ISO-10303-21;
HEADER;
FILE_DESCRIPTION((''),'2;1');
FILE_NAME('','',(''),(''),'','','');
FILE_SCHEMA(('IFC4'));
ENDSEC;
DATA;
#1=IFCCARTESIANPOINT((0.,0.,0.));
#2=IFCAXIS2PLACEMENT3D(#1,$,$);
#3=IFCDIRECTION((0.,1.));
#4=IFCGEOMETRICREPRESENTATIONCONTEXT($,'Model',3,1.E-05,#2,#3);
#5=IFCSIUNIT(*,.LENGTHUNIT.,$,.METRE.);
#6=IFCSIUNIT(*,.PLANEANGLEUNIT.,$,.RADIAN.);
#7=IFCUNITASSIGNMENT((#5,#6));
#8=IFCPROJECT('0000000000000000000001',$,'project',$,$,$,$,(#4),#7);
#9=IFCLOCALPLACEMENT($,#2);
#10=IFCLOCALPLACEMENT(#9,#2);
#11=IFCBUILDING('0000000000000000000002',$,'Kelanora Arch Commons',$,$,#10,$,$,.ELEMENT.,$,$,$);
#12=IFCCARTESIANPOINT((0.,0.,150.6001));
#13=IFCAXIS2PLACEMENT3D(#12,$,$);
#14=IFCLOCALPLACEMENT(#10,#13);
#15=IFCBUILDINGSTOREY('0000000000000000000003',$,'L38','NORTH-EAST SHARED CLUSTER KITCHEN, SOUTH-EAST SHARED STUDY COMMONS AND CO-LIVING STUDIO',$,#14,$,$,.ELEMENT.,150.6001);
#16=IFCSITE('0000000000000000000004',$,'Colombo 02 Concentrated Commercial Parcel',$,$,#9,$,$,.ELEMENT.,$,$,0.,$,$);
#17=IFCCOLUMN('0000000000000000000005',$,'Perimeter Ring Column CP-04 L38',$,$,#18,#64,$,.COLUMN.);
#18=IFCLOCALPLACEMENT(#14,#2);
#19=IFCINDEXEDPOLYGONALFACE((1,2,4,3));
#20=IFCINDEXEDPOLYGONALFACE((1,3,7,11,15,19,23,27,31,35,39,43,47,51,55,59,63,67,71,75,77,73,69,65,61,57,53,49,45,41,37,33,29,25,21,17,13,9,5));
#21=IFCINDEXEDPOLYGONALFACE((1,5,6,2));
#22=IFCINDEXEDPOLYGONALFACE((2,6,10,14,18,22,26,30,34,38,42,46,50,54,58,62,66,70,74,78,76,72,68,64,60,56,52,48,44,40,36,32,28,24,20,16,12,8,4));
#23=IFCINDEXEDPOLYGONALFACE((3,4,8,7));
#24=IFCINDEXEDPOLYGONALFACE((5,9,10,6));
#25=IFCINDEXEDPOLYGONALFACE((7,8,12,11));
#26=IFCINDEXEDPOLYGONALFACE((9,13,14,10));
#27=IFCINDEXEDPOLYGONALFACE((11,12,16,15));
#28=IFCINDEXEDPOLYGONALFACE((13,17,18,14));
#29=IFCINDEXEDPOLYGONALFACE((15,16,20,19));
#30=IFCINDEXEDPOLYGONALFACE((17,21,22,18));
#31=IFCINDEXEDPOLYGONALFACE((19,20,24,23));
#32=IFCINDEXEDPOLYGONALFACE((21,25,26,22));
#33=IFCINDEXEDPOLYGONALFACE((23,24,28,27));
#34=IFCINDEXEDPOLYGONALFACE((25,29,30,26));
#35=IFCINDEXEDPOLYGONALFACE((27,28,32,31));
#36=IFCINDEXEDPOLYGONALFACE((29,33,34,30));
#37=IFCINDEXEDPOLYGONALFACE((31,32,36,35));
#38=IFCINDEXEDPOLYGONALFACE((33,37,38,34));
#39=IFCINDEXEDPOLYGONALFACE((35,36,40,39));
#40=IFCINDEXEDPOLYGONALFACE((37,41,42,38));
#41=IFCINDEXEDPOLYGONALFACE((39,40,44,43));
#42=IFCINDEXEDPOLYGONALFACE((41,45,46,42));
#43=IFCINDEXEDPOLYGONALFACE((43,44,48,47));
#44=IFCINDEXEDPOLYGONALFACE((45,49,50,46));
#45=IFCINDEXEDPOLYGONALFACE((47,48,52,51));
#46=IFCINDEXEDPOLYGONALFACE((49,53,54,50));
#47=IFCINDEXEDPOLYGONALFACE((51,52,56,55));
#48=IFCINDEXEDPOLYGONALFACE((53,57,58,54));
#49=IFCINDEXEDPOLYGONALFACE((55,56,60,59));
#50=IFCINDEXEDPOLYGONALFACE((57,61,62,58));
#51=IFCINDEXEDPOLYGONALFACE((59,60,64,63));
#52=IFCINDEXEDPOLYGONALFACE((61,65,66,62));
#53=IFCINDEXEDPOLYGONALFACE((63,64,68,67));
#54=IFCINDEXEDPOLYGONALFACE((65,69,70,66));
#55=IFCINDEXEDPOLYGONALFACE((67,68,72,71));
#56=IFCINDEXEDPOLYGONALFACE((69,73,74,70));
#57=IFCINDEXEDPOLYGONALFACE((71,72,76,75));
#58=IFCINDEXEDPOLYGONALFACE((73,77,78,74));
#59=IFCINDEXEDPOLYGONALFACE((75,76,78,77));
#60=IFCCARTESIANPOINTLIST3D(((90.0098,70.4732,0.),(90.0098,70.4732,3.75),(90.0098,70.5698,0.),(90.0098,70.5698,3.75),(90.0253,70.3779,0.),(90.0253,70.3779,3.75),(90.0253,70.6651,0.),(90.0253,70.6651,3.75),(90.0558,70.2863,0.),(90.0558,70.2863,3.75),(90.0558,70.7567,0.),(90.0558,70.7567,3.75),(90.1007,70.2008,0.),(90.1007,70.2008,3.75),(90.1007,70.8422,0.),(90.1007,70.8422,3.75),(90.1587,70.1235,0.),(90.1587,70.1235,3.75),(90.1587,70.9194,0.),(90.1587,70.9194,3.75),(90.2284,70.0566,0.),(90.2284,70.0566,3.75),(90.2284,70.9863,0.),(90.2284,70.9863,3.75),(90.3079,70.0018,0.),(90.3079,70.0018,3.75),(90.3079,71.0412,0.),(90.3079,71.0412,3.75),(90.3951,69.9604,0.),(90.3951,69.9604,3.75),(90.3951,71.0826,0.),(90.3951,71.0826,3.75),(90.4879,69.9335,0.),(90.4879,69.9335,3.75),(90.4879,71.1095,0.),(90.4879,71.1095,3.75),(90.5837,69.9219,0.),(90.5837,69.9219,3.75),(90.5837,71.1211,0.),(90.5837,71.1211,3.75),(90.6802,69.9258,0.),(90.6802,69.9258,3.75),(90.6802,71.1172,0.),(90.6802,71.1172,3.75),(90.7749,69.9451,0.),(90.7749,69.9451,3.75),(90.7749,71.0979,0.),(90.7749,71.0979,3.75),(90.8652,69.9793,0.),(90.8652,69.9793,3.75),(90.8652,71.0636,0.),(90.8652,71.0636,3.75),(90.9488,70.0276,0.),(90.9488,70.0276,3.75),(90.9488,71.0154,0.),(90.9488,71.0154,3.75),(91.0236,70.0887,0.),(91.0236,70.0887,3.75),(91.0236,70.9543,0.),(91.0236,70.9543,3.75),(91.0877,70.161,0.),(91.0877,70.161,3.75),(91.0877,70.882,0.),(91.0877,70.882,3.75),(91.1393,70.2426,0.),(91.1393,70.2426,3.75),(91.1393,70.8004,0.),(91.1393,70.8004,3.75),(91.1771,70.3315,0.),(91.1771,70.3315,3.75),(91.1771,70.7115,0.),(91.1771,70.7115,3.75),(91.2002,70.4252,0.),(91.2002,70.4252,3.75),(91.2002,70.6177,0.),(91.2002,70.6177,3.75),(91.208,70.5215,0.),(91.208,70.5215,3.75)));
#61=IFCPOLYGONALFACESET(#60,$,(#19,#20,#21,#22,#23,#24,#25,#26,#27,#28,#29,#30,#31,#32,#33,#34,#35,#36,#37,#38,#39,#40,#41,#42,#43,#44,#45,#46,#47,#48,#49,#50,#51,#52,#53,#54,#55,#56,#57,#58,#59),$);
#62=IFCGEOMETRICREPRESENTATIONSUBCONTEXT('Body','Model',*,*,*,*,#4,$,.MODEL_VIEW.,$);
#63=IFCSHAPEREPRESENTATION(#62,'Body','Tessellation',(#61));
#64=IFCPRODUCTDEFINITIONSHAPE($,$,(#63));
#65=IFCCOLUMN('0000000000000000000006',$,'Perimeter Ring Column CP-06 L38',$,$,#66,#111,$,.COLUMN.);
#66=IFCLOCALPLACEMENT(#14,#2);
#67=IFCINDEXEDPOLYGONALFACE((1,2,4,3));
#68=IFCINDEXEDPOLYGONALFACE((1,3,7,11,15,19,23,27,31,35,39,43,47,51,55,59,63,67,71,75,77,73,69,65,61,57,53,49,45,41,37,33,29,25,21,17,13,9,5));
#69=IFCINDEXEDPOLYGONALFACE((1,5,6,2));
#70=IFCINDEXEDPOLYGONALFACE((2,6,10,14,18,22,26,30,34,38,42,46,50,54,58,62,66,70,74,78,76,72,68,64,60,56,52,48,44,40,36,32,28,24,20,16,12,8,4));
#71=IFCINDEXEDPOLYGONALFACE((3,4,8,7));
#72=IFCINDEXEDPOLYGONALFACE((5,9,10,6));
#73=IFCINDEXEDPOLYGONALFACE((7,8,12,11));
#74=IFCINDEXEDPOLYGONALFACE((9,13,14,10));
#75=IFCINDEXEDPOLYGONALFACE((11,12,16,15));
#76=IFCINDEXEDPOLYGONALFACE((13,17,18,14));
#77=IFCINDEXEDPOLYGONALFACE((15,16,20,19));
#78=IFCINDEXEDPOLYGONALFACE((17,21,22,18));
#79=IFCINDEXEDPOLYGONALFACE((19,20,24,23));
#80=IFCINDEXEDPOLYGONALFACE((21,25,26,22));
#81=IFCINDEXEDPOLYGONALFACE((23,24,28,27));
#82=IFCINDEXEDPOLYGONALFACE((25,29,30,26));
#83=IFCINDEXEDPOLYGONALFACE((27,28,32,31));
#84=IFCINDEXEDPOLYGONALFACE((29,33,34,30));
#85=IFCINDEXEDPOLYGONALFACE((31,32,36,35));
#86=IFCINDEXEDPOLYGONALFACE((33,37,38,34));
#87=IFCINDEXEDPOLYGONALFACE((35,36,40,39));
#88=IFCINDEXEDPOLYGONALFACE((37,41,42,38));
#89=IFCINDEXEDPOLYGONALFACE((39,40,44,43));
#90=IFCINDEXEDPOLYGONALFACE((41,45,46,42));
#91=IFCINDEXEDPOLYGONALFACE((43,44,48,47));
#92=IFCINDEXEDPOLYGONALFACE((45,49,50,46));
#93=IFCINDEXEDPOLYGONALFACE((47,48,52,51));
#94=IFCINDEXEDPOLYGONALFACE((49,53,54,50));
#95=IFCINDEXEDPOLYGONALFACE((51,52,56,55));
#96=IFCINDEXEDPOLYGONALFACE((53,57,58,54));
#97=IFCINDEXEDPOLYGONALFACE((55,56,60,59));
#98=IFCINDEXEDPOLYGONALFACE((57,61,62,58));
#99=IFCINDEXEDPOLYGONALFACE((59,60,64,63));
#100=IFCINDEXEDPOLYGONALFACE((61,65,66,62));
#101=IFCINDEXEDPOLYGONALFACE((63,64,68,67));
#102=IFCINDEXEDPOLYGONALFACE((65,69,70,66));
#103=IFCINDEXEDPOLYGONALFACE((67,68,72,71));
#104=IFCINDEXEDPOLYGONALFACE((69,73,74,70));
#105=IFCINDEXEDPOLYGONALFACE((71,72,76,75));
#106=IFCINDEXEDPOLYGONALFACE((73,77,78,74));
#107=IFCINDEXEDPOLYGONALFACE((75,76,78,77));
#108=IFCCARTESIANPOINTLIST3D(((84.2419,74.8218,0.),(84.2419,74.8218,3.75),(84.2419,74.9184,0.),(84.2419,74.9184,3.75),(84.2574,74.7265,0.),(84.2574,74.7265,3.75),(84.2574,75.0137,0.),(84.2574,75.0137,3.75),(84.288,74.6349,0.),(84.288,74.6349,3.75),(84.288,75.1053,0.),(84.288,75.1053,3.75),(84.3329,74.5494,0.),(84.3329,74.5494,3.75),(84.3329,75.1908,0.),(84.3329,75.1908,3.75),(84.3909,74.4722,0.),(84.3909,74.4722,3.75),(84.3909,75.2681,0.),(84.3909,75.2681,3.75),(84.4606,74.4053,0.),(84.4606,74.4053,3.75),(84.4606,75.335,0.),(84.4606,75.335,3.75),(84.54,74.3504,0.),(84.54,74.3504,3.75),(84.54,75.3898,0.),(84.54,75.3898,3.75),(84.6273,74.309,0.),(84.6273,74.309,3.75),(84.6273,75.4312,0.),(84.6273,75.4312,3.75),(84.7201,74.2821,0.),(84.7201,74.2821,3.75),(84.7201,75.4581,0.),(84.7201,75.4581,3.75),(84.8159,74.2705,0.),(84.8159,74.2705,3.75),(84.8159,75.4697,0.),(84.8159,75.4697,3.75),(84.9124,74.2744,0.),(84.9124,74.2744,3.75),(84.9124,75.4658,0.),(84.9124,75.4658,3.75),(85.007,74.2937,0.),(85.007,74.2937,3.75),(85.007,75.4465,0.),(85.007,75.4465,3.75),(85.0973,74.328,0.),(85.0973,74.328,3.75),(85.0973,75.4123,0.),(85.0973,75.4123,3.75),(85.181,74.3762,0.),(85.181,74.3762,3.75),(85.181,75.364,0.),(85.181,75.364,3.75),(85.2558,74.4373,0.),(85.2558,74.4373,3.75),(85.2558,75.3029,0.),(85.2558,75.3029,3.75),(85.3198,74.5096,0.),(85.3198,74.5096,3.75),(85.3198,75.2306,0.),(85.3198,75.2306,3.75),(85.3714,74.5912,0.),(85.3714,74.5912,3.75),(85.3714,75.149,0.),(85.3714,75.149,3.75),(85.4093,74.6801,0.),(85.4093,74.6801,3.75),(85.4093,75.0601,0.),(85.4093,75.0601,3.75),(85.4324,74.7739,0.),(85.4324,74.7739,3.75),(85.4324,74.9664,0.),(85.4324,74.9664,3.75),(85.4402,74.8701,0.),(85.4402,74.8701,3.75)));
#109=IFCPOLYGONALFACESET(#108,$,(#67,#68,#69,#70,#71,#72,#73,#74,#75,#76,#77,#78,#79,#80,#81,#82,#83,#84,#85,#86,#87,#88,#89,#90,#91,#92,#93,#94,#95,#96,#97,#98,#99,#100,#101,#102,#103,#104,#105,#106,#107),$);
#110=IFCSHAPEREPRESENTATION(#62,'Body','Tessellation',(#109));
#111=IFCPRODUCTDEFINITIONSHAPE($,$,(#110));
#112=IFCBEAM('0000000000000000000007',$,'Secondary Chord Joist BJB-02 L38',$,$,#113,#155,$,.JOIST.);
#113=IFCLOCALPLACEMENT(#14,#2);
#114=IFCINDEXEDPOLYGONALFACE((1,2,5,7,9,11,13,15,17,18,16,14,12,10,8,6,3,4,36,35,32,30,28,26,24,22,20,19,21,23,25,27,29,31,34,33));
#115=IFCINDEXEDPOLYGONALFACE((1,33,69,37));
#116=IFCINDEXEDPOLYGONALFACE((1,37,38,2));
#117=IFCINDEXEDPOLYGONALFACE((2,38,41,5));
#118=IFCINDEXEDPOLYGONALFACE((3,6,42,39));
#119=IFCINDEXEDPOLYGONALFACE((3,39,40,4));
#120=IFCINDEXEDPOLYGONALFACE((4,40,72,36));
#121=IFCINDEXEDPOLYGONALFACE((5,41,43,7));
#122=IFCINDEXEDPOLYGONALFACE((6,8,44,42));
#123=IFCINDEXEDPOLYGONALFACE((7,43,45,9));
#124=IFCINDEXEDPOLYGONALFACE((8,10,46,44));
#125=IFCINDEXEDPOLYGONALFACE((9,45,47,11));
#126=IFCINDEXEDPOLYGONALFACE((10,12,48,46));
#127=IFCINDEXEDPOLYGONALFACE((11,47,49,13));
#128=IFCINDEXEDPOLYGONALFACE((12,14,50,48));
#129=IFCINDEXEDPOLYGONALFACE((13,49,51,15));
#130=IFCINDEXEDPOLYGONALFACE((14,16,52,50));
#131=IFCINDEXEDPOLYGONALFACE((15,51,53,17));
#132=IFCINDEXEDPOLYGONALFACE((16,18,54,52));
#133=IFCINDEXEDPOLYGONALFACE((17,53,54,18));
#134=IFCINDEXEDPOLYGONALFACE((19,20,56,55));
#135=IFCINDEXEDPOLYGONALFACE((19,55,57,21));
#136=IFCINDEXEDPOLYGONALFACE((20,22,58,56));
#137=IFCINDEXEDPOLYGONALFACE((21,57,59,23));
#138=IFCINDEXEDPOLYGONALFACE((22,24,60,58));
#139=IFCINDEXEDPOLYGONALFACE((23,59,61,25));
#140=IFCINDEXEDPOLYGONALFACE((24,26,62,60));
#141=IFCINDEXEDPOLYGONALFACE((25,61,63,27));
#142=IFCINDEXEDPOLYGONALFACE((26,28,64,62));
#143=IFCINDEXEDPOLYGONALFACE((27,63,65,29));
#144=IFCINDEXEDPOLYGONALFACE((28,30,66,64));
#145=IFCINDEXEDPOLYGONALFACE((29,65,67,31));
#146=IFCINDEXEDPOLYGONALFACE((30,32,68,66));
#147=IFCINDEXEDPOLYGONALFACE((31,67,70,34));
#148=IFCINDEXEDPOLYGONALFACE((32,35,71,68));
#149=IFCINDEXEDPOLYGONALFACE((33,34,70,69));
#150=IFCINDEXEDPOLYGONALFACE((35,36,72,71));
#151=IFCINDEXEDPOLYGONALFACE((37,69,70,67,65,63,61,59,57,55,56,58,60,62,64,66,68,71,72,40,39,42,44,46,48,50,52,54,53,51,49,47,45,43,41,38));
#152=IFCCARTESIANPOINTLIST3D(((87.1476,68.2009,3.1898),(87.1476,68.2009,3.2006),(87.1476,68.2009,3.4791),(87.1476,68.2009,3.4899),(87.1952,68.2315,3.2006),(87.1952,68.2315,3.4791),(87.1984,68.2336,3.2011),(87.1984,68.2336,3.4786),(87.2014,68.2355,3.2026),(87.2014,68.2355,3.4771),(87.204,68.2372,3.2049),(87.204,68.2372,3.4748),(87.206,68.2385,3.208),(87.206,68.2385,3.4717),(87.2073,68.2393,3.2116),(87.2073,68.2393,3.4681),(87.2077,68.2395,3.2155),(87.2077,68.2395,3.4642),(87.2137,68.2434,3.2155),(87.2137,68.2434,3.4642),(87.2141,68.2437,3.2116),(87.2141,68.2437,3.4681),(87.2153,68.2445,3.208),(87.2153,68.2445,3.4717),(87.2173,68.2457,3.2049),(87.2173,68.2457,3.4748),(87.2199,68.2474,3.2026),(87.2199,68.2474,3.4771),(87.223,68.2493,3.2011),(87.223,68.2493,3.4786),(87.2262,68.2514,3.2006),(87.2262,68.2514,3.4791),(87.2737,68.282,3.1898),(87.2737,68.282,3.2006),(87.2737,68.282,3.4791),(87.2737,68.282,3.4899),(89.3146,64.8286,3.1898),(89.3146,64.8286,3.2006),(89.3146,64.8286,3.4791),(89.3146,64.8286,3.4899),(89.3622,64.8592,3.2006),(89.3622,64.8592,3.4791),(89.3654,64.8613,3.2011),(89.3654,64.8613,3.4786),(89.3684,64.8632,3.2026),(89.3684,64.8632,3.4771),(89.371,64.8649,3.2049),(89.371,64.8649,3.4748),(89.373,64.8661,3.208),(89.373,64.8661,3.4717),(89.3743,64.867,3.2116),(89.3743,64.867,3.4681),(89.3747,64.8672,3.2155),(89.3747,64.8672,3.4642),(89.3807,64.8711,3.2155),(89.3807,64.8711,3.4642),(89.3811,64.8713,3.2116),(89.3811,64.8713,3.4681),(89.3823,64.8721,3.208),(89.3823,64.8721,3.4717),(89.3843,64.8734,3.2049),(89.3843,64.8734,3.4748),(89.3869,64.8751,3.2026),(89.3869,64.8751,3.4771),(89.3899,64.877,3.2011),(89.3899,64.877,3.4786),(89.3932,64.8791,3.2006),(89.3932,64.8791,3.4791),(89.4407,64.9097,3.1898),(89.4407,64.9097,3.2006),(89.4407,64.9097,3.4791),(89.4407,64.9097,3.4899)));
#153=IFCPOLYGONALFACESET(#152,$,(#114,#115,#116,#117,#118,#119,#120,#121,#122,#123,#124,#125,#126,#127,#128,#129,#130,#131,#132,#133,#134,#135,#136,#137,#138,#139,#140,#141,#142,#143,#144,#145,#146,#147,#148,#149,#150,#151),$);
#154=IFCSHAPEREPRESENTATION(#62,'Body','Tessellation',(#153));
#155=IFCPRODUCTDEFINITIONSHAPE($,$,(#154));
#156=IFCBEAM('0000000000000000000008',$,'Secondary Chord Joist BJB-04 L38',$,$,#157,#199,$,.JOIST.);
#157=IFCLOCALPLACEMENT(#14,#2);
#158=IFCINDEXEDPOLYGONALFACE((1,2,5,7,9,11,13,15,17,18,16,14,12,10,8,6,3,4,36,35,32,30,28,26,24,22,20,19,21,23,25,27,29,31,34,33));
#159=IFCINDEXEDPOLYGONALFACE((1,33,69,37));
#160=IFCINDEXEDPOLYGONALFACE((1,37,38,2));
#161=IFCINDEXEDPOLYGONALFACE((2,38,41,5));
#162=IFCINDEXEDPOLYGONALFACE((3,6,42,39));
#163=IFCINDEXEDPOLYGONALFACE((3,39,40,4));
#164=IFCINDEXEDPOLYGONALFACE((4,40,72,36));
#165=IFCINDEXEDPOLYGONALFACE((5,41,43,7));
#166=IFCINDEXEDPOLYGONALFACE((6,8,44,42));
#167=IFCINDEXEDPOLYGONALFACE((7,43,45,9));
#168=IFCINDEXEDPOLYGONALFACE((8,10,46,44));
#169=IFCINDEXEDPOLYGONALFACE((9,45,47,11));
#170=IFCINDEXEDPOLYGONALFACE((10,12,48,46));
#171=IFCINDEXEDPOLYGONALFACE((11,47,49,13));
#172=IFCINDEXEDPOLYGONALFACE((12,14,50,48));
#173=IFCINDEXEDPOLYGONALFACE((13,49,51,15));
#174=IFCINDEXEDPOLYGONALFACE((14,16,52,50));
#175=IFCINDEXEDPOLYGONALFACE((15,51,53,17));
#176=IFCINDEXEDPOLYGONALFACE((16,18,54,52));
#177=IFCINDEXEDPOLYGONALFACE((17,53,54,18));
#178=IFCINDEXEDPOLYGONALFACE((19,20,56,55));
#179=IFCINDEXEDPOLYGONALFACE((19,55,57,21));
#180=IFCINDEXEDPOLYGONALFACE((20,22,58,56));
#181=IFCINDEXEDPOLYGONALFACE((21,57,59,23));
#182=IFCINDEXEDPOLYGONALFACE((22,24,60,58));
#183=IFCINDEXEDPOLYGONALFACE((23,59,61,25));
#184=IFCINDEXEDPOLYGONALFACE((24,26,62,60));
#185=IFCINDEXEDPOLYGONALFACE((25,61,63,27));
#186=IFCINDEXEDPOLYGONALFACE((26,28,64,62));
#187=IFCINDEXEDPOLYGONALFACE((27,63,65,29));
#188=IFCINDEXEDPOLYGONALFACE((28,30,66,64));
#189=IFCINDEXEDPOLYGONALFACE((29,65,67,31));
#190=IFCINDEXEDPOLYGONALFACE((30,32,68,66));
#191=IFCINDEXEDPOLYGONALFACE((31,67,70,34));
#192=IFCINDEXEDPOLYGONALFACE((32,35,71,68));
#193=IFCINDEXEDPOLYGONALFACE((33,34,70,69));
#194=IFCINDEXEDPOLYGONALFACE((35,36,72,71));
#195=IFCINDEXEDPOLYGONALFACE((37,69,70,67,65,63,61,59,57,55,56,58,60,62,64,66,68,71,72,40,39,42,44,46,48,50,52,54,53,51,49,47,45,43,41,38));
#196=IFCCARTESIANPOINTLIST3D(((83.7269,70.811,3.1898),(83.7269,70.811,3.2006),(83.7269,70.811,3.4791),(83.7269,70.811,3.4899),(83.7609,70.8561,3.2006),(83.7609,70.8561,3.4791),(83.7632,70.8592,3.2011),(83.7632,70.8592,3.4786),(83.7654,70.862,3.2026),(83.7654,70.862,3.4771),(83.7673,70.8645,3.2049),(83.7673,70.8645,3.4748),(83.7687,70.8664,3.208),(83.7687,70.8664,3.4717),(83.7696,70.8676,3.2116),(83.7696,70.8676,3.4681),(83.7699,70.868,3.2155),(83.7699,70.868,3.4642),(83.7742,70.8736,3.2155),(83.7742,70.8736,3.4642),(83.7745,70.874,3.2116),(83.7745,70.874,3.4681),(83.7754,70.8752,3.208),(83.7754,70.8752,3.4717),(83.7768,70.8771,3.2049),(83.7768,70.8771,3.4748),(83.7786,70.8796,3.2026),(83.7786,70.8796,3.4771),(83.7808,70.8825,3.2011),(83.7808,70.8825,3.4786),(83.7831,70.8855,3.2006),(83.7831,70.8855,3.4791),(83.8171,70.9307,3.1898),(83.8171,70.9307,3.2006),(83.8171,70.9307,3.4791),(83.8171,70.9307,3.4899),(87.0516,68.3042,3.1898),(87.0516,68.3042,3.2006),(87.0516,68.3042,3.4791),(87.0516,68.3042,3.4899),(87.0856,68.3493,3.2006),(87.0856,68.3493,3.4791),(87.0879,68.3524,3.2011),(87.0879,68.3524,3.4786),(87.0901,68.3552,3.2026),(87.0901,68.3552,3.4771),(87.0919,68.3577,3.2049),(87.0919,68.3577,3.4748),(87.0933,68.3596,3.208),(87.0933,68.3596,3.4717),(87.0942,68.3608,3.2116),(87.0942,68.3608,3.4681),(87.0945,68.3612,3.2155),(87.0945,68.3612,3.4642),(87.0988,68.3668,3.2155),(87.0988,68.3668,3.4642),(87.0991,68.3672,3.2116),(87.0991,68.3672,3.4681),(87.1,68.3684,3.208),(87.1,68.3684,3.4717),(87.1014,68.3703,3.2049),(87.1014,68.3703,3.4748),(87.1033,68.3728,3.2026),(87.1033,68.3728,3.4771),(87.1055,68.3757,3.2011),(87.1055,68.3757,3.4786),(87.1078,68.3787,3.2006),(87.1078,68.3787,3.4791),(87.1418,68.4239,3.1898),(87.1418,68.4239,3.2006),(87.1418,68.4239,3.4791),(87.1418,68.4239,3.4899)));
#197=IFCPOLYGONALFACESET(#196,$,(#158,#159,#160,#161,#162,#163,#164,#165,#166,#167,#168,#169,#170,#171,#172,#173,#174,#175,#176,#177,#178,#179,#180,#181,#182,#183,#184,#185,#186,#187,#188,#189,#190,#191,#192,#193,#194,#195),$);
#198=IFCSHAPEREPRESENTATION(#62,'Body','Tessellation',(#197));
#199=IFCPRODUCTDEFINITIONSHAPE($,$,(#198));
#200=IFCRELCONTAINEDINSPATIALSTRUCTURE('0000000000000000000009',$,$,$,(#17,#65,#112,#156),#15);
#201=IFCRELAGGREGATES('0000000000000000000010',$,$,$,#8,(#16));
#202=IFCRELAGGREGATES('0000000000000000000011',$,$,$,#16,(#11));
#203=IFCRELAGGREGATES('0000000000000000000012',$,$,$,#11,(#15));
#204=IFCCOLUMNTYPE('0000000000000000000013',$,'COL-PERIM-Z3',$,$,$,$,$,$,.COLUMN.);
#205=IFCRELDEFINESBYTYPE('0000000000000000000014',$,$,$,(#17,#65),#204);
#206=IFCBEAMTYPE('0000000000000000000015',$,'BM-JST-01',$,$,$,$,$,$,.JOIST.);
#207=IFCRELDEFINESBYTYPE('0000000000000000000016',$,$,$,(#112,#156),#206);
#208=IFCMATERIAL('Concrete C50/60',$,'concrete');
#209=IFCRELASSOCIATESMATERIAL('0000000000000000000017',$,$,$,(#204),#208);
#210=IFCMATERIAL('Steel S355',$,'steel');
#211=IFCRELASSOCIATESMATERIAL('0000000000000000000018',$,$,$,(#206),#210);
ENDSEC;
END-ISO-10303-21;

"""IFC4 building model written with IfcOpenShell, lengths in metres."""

from ifc_helpers import new_model, si_unit, direction, frame, origin, origin_2d, place, context, subcontext, project, spatial, circle, i_section, extrude, material, material_profile, profile_set, type_object, element, save


model = new_model("IFC4")

# Units and contexts
model_context = context("Model", 3, precision=1e-05, world=origin(), true_north=direction((0.0, 1.0)))
body_context = subcontext(model_context, "Body", "Model", "MODEL_VIEW")
ifc_project = project(units=[si_unit("LENGTHUNIT", "METRE"), si_unit("PLANEANGLEUNIT", "RADIAN")], contexts=[model_context])

# Site, building, storey
site_placement = place(None, origin())
site = spatial("IfcSite", under=ifc_project, at=site_placement, Name="Colombo 02 Concentrated Commercial Parcel", CompositionType="ELEMENT", RefElevation=0.0)
building_placement = place(site_placement, origin())
building = spatial("IfcBuilding", under=site, at=building_placement, Name="Kelanora Arch Commons", CompositionType="ELEMENT")
storey_placement = place(building_placement, frame((0.0, 0.0, 150.6001)))
storey = spatial("IfcBuildingStorey", under=building, at=storey_placement, Name="L38", Description="NORTH-EAST SHARED CLUSTER KITCHEN, SOUTH-EAST SHARED STUDY COMMONS AND CO-LIVING STUDIO", CompositionType="ELEMENT", Elevation=150.6001)

# Columns
ifc_material_1 = material(Name="Concrete C50/60", Category="concrete")
ifc_material_profile_1 = material_profile(ifc_material_1, circle(Radius=0.6001, at=origin_2d()), Name="RCC1200")
ifc_profile_set_1 = profile_set([ifc_material_profile_1], Name="Concrete C50/60")
column_type = type_object("IfcColumnType", Name="COL-PERIM-Z3", PredefinedType="COLUMN", material=ifc_profile_set_1)
for number, where, z_axis, x_axis, name in (
    (1, (90.6079, 70.5215, 0.0), (0.0, 0.0, 1.0), (1.0, 0.0, 0.0), "Perimeter Ring Column CP-04 L38"),
    (2, (84.8401, 74.8701, 0.0), (0.0, 0.0, 1.0), (1.0, 0.0, 0.0), "Perimeter Ring Column CP-06 L38"),
):
    element("IfcColumn", number, at=place(storey_placement, frame(where, z_axis=z_axis, x_axis=x_axis)), inside=storey, type_object=column_type, Name=name, PredefinedType="COLUMN", context=body_context, shape_type="SweptSolid", body=[
        extrude(circle(Radius=0.6001, at=origin_2d()), origin(), (0.0, 0.0, 1.0), 3.75),
    ])

# Beams
ifc_material_2 = material(Name="Steel S355", Category="steel")
ifc_material_profile_2 = material_profile(ifc_material_2, i_section(OverallWidth=0.1499, OverallDepth=0.3, WebThickness=0.0071, FlangeThickness=0.0107, FilletRadius=0.0149, at=origin_2d()), Name="IPE300")
ifc_profile_set_2 = profile_set([ifc_material_profile_2], Name="Steel S355")
beam_type_1 = type_object("IfcBeamType", Name="BM-JST-01", PredefinedType="JOIST", material=ifc_profile_set_2)
beam_1_placement = place(storey_placement, frame((89.3777, 64.8691, 3.3398), z_axis=(-0.540594, 0.841283, 0.0), x_axis=(-0.841283, -0.540594, 0.0)))
element("IfcBeam", 3, at=beam_1_placement, inside=storey, type_object=beam_type_1, Name="Secondary Chord Joist BJB-02 L38", PredefinedType="JOIST", context=body_context, shape_type="SweptSolid", body=[
    extrude(i_section(OverallWidth=0.1499, OverallDepth=0.3, WebThickness=0.0071, FlangeThickness=0.0107, FilletRadius=0.0149, at=origin_2d()), origin(), (0.0, 0.0, 1.0), 4.0085),
])
beam_2_placement = place(storey_placement, frame((87.0967, 68.364, 3.3398), z_axis=(-0.798464, 0.602043, 0.0), x_axis=(-0.602043, -0.798464, 0.0)))
element("IfcBeam", 4, at=beam_2_placement, inside=storey, type_object=beam_type_1, Name="Secondary Chord Joist BJB-04 L38", PredefinedType="JOIST", context=body_context, shape_type="SweptSolid", body=[
    extrude(i_section(OverallWidth=0.1499, OverallDepth=0.3, WebThickness=0.0071, FlangeThickness=0.0107, FilletRadius=0.0149, at=origin_2d()), origin(), (0.0, 0.0, 1.0), 4.1638),
])

save(model, "model.ifc")
